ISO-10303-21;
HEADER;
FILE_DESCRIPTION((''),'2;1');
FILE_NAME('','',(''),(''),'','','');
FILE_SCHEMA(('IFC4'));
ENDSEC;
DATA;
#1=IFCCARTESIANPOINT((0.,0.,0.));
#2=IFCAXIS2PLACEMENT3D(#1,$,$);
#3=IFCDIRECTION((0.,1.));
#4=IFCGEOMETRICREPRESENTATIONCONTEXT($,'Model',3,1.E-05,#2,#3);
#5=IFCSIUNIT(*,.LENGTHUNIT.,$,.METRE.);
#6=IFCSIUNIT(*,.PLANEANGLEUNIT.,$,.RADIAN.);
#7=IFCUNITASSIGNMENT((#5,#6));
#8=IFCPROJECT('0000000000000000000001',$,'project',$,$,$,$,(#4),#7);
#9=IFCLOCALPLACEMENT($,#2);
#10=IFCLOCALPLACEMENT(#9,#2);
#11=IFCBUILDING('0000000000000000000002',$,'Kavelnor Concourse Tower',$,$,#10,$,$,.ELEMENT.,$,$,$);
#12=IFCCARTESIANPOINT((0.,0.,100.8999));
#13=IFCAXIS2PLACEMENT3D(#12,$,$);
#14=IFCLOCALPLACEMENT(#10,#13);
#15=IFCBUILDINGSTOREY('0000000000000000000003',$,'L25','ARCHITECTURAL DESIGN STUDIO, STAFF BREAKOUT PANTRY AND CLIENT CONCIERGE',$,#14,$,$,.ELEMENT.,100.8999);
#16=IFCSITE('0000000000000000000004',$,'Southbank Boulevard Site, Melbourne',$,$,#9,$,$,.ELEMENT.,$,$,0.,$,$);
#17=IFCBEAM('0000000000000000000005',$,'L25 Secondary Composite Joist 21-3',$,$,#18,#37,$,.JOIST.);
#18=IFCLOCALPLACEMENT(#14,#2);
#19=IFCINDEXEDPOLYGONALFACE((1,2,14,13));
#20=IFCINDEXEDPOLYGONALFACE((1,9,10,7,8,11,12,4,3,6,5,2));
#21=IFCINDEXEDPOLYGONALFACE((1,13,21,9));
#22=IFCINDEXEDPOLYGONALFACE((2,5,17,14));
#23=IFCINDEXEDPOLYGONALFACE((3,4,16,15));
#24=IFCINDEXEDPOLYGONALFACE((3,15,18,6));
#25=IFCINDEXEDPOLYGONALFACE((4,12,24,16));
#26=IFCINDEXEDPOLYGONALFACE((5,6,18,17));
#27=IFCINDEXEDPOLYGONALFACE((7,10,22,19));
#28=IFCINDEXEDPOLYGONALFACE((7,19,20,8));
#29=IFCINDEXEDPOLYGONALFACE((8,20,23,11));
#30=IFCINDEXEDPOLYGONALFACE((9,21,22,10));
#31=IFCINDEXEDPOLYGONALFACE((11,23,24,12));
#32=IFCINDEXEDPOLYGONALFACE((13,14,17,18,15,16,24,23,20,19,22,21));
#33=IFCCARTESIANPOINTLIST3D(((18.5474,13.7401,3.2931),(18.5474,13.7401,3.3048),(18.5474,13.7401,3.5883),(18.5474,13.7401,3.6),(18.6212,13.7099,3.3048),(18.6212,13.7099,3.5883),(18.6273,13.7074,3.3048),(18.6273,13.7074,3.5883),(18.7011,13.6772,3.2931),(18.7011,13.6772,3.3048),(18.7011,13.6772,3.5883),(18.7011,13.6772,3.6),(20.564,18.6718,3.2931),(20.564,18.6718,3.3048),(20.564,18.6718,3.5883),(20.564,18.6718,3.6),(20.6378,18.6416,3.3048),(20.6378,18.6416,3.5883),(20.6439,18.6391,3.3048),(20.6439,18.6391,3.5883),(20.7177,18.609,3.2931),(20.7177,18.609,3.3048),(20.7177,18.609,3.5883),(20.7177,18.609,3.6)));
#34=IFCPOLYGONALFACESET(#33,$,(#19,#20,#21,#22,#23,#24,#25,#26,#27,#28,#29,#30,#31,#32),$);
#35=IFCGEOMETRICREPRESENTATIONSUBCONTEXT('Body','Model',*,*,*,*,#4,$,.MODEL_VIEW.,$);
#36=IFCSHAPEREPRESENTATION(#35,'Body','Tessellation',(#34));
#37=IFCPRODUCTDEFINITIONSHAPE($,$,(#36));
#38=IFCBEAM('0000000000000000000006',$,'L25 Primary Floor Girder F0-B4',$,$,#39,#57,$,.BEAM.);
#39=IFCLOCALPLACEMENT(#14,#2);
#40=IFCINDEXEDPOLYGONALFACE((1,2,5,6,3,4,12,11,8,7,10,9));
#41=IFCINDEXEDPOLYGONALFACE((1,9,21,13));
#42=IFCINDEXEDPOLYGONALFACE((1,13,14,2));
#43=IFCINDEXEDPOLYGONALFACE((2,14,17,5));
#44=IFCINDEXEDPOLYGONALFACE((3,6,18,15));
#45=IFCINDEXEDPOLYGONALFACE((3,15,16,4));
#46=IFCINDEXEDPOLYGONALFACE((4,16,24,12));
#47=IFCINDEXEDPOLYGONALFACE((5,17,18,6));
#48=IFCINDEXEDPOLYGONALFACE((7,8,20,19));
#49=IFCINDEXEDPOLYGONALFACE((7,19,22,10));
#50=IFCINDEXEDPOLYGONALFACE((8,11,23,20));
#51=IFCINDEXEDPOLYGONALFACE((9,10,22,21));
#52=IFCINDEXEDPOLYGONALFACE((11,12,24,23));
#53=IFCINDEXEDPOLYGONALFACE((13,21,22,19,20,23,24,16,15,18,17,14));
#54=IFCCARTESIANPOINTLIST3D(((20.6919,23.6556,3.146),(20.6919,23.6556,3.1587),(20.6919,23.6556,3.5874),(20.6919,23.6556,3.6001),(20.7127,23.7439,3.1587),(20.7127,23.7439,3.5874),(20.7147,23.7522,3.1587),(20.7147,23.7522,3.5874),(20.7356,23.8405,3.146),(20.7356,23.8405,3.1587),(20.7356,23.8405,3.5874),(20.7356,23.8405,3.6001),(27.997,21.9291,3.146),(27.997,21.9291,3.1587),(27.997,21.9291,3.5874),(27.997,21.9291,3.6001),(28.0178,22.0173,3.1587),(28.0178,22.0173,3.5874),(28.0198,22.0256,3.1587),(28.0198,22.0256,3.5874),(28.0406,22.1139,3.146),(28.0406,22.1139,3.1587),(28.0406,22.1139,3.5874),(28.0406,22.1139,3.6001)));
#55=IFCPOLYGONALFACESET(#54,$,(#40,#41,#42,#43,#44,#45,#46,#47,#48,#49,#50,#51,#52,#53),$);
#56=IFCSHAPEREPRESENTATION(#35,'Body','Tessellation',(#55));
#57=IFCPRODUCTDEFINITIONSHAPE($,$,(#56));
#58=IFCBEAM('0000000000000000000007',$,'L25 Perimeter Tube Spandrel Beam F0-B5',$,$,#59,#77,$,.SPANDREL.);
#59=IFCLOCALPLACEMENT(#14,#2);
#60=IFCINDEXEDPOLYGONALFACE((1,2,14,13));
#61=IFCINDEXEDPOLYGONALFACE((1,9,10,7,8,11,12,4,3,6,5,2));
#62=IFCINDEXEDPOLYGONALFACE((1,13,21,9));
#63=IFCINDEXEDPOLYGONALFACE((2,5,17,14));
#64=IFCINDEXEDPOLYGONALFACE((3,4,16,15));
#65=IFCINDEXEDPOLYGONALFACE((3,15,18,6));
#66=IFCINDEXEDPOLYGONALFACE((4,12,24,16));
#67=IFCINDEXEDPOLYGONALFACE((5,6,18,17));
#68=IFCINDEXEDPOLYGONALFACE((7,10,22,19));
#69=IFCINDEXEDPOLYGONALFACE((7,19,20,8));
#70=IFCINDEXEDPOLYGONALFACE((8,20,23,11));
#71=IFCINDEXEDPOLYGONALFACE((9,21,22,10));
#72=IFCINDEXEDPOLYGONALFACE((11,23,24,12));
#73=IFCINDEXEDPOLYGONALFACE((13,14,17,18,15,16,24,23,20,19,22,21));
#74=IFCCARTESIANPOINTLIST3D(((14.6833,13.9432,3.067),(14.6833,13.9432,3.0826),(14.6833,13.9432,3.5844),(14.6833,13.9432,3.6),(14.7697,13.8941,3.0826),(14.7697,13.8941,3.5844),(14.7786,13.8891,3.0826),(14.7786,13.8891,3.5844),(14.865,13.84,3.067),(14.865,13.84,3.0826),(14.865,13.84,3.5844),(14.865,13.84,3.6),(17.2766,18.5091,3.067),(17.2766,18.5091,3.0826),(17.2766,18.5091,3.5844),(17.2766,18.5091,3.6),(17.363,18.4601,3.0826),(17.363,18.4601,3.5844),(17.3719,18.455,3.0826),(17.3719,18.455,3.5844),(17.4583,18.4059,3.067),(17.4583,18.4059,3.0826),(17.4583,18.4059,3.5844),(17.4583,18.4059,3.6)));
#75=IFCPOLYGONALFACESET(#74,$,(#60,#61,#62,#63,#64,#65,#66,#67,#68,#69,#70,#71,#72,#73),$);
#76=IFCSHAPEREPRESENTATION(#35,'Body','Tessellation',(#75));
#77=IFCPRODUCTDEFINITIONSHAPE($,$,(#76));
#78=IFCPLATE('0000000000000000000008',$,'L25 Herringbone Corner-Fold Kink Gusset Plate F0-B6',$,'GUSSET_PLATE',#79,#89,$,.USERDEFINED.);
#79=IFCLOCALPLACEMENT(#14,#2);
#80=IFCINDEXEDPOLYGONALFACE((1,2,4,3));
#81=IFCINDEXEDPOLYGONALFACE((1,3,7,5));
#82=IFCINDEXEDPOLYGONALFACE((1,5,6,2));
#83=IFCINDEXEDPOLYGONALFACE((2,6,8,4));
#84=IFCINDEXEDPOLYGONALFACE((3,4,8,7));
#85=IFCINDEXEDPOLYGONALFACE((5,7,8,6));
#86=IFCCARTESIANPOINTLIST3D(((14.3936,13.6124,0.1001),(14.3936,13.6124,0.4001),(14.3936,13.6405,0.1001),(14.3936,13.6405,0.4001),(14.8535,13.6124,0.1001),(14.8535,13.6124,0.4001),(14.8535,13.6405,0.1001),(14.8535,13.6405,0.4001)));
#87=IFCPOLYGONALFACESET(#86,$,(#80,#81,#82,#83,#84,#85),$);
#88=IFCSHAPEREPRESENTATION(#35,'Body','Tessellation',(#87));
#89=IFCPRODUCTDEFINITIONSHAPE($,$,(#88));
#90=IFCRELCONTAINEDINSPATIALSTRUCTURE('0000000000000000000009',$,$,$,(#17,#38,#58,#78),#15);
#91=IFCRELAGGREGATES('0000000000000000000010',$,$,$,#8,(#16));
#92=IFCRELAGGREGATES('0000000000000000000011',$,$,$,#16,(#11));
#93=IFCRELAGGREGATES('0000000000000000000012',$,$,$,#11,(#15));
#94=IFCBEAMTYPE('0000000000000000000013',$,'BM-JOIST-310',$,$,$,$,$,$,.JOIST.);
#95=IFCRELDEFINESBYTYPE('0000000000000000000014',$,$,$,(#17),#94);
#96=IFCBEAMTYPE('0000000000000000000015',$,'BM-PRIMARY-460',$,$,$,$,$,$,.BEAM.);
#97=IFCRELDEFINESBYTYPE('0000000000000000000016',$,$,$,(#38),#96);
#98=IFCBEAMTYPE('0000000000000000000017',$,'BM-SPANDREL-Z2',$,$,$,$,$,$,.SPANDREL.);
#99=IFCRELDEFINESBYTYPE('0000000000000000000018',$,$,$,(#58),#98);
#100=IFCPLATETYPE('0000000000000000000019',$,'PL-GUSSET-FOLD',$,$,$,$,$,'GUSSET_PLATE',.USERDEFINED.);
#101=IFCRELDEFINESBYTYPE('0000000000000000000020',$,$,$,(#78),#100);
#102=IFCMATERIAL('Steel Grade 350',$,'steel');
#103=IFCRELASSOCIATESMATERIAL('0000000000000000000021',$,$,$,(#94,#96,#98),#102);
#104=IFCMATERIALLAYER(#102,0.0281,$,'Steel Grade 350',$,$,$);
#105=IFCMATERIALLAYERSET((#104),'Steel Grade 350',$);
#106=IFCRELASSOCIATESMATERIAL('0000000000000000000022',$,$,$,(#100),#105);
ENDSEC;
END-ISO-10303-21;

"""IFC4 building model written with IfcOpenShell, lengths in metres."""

from ifc_helpers import new_model, si_unit, direction, frame, origin, origin_2d, place, context, subcontext, project, spatial, rectangle, i_section, extrude, material, layer, layer_set, material_profile, profile_set, type_object, element, save


model = new_model("IFC4")

# Units and contexts
model_context = context("Model", 3, precision=1e-05, world=origin(), true_north=direction((0.0, 1.0)))
body_context = subcontext(model_context, "Body", "Model", "MODEL_VIEW")
ifc_project = project(units=[si_unit("LENGTHUNIT", "METRE"), si_unit("PLANEANGLEUNIT", "RADIAN")], contexts=[model_context])

# Site, building, storey
site_placement = place(None, origin())
site = spatial("IfcSite", under=ifc_project, at=site_placement, Name="Southbank Boulevard Site, Melbourne", CompositionType="ELEMENT", RefElevation=0.0)
building_placement = place(site_placement, origin())
building = spatial("IfcBuilding", under=site, at=building_placement, Name="Kavelnor Concourse Tower", CompositionType="ELEMENT")
storey_placement = place(building_placement, frame((0.0, 0.0, 100.8999)))
storey = spatial("IfcBuildingStorey", under=building, at=storey_placement, Name="L25", Description="ARCHITECTURAL DESIGN STUDIO, STAFF BREAKOUT PANTRY AND CLIENT CONCIERGE", CompositionType="ELEMENT", Elevation=100.8999)

# Shared definitions
ifc_material_1 = material(Name="Steel Grade 350", Category="steel")

# Beams
ifc_material_profile_1 = material_profile(ifc_material_1, i_section(OverallWidth=0.166, OverallDepth=0.3069, WebThickness=0.0066, FlangeThickness=0.0117, at=origin_2d()), Name="310UB46")
ifc_profile_set_1 = profile_set([ifc_material_profile_1], Name="Steel Grade 350")
beam_type_1 = type_object("IfcBeamType", Name="BM-JOIST-310", PredefinedType="JOIST", material=ifc_profile_set_1)
beam_1_placement = place(storey_placement, frame((20.6409, 18.6404, 3.4465), z_axis=(-0.37849, -0.925605, 0.0), x_axis=(0.925605, -0.37849, 0.0)))
element("IfcBeam", 1, at=beam_1_placement, inside=storey, type_object=beam_type_1, Name="L25 Secondary Composite Joist 21-3", PredefinedType="JOIST", context=body_context, shape_type="SweptSolid", body=[
    extrude(i_section(OverallWidth=0.166, OverallDepth=0.3069, WebThickness=0.0066, FlangeThickness=0.0117, at=origin_2d()), origin(), (0.0, 0.0, 1.0), 5.3281),
])
ifc_material_profile_2 = material_profile(ifc_material_1, i_section(OverallWidth=0.1899, OverallDepth=0.4541, WebThickness=0.0085, FlangeThickness=0.0127, at=origin_2d()), Name="460UB67")
ifc_profile_set_2 = profile_set([ifc_material_profile_2], Name="Steel Grade 350")
beam_type_2 = type_object("IfcBeamType", Name="BM-PRIMARY-460", PredefinedType="BEAM", material=ifc_profile_set_2)
beam_2_placement = place(storey_placement, frame((28.0188, 22.0215, 3.373), z_axis=(-0.973188, 0.230011, 0.0), x_axis=(-0.230011, -0.973188, 0.0)))
element("IfcBeam", 2, at=beam_2_placement, inside=storey, type_object=beam_type_2, Name="L25 Primary Floor Girder F0-B4", PredefinedType="BEAM", context=body_context, shape_type="SweptSolid", body=[
    extrude(i_section(OverallWidth=0.1899, OverallDepth=0.4541, WebThickness=0.0085, FlangeThickness=0.0127, at=origin_2d()), origin(), (0.0, 0.0, 1.0), 7.5063),
])
ifc_material_profile_3 = material_profile(ifc_material_1, i_section(OverallWidth=0.209, OverallDepth=0.533, WebThickness=0.0103, FlangeThickness=0.0156, at=origin_2d()), Name="530UB92")
ifc_profile_set_3 = profile_set([ifc_material_profile_3], Name="Steel Grade 350")
beam_type_3 = type_object("IfcBeamType", Name="BM-SPANDREL-Z2", PredefinedType="SPANDREL", material=ifc_profile_set_3)
beam_3_placement = place(storey_placement, frame((17.3674, 18.4575, 3.3335), z_axis=(-0.493864, -0.869539, 0.0), x_axis=(0.869539, -0.493864, 0.0)))
element("IfcBeam", 3, at=beam_3_placement, inside=storey, type_object=beam_type_3, Name="L25 Perimeter Tube Spandrel Beam F0-B5", PredefinedType="SPANDREL", context=body_context, shape_type="SweptSolid", body=[
    extrude(i_section(OverallWidth=0.209, OverallDepth=0.533, WebThickness=0.0103, FlangeThickness=0.0156, at=origin_2d()), origin(), (0.0, 0.0, 1.0), 5.251),
])

# Plate
ifc_layer_1 = layer(ifc_material_1, 0.0281, Name="Steel Grade 350")
ifc_layer_set_1 = layer_set([ifc_layer_1], Name="Steel Grade 350")
plate_type = type_object("IfcPlateType", Name="PL-GUSSET-FOLD", ElementType="GUSSET_PLATE", PredefinedType="USERDEFINED", material=ifc_layer_set_1)
plate_placement = place(storey_placement, frame((14.6235, 13.6265, 0.1001), z_axis=(0.0, 0.0, 1.0), x_axis=(1.0, 0.0, 0.0)))
element("IfcPlate", 4, at=plate_placement, inside=storey, type_object=plate_type, Name="L25 Herringbone Corner-Fold Kink Gusset Plate F0-B6", ObjectType="GUSSET_PLATE", PredefinedType="USERDEFINED", context=body_context, shape_type="SweptSolid", body=[
    extrude(rectangle(XDim=0.46, YDim=0.0281, at=origin_2d()), origin(), (0.0, 0.0, 1.0), 0.3),
])

save(model, "model.ifc")
